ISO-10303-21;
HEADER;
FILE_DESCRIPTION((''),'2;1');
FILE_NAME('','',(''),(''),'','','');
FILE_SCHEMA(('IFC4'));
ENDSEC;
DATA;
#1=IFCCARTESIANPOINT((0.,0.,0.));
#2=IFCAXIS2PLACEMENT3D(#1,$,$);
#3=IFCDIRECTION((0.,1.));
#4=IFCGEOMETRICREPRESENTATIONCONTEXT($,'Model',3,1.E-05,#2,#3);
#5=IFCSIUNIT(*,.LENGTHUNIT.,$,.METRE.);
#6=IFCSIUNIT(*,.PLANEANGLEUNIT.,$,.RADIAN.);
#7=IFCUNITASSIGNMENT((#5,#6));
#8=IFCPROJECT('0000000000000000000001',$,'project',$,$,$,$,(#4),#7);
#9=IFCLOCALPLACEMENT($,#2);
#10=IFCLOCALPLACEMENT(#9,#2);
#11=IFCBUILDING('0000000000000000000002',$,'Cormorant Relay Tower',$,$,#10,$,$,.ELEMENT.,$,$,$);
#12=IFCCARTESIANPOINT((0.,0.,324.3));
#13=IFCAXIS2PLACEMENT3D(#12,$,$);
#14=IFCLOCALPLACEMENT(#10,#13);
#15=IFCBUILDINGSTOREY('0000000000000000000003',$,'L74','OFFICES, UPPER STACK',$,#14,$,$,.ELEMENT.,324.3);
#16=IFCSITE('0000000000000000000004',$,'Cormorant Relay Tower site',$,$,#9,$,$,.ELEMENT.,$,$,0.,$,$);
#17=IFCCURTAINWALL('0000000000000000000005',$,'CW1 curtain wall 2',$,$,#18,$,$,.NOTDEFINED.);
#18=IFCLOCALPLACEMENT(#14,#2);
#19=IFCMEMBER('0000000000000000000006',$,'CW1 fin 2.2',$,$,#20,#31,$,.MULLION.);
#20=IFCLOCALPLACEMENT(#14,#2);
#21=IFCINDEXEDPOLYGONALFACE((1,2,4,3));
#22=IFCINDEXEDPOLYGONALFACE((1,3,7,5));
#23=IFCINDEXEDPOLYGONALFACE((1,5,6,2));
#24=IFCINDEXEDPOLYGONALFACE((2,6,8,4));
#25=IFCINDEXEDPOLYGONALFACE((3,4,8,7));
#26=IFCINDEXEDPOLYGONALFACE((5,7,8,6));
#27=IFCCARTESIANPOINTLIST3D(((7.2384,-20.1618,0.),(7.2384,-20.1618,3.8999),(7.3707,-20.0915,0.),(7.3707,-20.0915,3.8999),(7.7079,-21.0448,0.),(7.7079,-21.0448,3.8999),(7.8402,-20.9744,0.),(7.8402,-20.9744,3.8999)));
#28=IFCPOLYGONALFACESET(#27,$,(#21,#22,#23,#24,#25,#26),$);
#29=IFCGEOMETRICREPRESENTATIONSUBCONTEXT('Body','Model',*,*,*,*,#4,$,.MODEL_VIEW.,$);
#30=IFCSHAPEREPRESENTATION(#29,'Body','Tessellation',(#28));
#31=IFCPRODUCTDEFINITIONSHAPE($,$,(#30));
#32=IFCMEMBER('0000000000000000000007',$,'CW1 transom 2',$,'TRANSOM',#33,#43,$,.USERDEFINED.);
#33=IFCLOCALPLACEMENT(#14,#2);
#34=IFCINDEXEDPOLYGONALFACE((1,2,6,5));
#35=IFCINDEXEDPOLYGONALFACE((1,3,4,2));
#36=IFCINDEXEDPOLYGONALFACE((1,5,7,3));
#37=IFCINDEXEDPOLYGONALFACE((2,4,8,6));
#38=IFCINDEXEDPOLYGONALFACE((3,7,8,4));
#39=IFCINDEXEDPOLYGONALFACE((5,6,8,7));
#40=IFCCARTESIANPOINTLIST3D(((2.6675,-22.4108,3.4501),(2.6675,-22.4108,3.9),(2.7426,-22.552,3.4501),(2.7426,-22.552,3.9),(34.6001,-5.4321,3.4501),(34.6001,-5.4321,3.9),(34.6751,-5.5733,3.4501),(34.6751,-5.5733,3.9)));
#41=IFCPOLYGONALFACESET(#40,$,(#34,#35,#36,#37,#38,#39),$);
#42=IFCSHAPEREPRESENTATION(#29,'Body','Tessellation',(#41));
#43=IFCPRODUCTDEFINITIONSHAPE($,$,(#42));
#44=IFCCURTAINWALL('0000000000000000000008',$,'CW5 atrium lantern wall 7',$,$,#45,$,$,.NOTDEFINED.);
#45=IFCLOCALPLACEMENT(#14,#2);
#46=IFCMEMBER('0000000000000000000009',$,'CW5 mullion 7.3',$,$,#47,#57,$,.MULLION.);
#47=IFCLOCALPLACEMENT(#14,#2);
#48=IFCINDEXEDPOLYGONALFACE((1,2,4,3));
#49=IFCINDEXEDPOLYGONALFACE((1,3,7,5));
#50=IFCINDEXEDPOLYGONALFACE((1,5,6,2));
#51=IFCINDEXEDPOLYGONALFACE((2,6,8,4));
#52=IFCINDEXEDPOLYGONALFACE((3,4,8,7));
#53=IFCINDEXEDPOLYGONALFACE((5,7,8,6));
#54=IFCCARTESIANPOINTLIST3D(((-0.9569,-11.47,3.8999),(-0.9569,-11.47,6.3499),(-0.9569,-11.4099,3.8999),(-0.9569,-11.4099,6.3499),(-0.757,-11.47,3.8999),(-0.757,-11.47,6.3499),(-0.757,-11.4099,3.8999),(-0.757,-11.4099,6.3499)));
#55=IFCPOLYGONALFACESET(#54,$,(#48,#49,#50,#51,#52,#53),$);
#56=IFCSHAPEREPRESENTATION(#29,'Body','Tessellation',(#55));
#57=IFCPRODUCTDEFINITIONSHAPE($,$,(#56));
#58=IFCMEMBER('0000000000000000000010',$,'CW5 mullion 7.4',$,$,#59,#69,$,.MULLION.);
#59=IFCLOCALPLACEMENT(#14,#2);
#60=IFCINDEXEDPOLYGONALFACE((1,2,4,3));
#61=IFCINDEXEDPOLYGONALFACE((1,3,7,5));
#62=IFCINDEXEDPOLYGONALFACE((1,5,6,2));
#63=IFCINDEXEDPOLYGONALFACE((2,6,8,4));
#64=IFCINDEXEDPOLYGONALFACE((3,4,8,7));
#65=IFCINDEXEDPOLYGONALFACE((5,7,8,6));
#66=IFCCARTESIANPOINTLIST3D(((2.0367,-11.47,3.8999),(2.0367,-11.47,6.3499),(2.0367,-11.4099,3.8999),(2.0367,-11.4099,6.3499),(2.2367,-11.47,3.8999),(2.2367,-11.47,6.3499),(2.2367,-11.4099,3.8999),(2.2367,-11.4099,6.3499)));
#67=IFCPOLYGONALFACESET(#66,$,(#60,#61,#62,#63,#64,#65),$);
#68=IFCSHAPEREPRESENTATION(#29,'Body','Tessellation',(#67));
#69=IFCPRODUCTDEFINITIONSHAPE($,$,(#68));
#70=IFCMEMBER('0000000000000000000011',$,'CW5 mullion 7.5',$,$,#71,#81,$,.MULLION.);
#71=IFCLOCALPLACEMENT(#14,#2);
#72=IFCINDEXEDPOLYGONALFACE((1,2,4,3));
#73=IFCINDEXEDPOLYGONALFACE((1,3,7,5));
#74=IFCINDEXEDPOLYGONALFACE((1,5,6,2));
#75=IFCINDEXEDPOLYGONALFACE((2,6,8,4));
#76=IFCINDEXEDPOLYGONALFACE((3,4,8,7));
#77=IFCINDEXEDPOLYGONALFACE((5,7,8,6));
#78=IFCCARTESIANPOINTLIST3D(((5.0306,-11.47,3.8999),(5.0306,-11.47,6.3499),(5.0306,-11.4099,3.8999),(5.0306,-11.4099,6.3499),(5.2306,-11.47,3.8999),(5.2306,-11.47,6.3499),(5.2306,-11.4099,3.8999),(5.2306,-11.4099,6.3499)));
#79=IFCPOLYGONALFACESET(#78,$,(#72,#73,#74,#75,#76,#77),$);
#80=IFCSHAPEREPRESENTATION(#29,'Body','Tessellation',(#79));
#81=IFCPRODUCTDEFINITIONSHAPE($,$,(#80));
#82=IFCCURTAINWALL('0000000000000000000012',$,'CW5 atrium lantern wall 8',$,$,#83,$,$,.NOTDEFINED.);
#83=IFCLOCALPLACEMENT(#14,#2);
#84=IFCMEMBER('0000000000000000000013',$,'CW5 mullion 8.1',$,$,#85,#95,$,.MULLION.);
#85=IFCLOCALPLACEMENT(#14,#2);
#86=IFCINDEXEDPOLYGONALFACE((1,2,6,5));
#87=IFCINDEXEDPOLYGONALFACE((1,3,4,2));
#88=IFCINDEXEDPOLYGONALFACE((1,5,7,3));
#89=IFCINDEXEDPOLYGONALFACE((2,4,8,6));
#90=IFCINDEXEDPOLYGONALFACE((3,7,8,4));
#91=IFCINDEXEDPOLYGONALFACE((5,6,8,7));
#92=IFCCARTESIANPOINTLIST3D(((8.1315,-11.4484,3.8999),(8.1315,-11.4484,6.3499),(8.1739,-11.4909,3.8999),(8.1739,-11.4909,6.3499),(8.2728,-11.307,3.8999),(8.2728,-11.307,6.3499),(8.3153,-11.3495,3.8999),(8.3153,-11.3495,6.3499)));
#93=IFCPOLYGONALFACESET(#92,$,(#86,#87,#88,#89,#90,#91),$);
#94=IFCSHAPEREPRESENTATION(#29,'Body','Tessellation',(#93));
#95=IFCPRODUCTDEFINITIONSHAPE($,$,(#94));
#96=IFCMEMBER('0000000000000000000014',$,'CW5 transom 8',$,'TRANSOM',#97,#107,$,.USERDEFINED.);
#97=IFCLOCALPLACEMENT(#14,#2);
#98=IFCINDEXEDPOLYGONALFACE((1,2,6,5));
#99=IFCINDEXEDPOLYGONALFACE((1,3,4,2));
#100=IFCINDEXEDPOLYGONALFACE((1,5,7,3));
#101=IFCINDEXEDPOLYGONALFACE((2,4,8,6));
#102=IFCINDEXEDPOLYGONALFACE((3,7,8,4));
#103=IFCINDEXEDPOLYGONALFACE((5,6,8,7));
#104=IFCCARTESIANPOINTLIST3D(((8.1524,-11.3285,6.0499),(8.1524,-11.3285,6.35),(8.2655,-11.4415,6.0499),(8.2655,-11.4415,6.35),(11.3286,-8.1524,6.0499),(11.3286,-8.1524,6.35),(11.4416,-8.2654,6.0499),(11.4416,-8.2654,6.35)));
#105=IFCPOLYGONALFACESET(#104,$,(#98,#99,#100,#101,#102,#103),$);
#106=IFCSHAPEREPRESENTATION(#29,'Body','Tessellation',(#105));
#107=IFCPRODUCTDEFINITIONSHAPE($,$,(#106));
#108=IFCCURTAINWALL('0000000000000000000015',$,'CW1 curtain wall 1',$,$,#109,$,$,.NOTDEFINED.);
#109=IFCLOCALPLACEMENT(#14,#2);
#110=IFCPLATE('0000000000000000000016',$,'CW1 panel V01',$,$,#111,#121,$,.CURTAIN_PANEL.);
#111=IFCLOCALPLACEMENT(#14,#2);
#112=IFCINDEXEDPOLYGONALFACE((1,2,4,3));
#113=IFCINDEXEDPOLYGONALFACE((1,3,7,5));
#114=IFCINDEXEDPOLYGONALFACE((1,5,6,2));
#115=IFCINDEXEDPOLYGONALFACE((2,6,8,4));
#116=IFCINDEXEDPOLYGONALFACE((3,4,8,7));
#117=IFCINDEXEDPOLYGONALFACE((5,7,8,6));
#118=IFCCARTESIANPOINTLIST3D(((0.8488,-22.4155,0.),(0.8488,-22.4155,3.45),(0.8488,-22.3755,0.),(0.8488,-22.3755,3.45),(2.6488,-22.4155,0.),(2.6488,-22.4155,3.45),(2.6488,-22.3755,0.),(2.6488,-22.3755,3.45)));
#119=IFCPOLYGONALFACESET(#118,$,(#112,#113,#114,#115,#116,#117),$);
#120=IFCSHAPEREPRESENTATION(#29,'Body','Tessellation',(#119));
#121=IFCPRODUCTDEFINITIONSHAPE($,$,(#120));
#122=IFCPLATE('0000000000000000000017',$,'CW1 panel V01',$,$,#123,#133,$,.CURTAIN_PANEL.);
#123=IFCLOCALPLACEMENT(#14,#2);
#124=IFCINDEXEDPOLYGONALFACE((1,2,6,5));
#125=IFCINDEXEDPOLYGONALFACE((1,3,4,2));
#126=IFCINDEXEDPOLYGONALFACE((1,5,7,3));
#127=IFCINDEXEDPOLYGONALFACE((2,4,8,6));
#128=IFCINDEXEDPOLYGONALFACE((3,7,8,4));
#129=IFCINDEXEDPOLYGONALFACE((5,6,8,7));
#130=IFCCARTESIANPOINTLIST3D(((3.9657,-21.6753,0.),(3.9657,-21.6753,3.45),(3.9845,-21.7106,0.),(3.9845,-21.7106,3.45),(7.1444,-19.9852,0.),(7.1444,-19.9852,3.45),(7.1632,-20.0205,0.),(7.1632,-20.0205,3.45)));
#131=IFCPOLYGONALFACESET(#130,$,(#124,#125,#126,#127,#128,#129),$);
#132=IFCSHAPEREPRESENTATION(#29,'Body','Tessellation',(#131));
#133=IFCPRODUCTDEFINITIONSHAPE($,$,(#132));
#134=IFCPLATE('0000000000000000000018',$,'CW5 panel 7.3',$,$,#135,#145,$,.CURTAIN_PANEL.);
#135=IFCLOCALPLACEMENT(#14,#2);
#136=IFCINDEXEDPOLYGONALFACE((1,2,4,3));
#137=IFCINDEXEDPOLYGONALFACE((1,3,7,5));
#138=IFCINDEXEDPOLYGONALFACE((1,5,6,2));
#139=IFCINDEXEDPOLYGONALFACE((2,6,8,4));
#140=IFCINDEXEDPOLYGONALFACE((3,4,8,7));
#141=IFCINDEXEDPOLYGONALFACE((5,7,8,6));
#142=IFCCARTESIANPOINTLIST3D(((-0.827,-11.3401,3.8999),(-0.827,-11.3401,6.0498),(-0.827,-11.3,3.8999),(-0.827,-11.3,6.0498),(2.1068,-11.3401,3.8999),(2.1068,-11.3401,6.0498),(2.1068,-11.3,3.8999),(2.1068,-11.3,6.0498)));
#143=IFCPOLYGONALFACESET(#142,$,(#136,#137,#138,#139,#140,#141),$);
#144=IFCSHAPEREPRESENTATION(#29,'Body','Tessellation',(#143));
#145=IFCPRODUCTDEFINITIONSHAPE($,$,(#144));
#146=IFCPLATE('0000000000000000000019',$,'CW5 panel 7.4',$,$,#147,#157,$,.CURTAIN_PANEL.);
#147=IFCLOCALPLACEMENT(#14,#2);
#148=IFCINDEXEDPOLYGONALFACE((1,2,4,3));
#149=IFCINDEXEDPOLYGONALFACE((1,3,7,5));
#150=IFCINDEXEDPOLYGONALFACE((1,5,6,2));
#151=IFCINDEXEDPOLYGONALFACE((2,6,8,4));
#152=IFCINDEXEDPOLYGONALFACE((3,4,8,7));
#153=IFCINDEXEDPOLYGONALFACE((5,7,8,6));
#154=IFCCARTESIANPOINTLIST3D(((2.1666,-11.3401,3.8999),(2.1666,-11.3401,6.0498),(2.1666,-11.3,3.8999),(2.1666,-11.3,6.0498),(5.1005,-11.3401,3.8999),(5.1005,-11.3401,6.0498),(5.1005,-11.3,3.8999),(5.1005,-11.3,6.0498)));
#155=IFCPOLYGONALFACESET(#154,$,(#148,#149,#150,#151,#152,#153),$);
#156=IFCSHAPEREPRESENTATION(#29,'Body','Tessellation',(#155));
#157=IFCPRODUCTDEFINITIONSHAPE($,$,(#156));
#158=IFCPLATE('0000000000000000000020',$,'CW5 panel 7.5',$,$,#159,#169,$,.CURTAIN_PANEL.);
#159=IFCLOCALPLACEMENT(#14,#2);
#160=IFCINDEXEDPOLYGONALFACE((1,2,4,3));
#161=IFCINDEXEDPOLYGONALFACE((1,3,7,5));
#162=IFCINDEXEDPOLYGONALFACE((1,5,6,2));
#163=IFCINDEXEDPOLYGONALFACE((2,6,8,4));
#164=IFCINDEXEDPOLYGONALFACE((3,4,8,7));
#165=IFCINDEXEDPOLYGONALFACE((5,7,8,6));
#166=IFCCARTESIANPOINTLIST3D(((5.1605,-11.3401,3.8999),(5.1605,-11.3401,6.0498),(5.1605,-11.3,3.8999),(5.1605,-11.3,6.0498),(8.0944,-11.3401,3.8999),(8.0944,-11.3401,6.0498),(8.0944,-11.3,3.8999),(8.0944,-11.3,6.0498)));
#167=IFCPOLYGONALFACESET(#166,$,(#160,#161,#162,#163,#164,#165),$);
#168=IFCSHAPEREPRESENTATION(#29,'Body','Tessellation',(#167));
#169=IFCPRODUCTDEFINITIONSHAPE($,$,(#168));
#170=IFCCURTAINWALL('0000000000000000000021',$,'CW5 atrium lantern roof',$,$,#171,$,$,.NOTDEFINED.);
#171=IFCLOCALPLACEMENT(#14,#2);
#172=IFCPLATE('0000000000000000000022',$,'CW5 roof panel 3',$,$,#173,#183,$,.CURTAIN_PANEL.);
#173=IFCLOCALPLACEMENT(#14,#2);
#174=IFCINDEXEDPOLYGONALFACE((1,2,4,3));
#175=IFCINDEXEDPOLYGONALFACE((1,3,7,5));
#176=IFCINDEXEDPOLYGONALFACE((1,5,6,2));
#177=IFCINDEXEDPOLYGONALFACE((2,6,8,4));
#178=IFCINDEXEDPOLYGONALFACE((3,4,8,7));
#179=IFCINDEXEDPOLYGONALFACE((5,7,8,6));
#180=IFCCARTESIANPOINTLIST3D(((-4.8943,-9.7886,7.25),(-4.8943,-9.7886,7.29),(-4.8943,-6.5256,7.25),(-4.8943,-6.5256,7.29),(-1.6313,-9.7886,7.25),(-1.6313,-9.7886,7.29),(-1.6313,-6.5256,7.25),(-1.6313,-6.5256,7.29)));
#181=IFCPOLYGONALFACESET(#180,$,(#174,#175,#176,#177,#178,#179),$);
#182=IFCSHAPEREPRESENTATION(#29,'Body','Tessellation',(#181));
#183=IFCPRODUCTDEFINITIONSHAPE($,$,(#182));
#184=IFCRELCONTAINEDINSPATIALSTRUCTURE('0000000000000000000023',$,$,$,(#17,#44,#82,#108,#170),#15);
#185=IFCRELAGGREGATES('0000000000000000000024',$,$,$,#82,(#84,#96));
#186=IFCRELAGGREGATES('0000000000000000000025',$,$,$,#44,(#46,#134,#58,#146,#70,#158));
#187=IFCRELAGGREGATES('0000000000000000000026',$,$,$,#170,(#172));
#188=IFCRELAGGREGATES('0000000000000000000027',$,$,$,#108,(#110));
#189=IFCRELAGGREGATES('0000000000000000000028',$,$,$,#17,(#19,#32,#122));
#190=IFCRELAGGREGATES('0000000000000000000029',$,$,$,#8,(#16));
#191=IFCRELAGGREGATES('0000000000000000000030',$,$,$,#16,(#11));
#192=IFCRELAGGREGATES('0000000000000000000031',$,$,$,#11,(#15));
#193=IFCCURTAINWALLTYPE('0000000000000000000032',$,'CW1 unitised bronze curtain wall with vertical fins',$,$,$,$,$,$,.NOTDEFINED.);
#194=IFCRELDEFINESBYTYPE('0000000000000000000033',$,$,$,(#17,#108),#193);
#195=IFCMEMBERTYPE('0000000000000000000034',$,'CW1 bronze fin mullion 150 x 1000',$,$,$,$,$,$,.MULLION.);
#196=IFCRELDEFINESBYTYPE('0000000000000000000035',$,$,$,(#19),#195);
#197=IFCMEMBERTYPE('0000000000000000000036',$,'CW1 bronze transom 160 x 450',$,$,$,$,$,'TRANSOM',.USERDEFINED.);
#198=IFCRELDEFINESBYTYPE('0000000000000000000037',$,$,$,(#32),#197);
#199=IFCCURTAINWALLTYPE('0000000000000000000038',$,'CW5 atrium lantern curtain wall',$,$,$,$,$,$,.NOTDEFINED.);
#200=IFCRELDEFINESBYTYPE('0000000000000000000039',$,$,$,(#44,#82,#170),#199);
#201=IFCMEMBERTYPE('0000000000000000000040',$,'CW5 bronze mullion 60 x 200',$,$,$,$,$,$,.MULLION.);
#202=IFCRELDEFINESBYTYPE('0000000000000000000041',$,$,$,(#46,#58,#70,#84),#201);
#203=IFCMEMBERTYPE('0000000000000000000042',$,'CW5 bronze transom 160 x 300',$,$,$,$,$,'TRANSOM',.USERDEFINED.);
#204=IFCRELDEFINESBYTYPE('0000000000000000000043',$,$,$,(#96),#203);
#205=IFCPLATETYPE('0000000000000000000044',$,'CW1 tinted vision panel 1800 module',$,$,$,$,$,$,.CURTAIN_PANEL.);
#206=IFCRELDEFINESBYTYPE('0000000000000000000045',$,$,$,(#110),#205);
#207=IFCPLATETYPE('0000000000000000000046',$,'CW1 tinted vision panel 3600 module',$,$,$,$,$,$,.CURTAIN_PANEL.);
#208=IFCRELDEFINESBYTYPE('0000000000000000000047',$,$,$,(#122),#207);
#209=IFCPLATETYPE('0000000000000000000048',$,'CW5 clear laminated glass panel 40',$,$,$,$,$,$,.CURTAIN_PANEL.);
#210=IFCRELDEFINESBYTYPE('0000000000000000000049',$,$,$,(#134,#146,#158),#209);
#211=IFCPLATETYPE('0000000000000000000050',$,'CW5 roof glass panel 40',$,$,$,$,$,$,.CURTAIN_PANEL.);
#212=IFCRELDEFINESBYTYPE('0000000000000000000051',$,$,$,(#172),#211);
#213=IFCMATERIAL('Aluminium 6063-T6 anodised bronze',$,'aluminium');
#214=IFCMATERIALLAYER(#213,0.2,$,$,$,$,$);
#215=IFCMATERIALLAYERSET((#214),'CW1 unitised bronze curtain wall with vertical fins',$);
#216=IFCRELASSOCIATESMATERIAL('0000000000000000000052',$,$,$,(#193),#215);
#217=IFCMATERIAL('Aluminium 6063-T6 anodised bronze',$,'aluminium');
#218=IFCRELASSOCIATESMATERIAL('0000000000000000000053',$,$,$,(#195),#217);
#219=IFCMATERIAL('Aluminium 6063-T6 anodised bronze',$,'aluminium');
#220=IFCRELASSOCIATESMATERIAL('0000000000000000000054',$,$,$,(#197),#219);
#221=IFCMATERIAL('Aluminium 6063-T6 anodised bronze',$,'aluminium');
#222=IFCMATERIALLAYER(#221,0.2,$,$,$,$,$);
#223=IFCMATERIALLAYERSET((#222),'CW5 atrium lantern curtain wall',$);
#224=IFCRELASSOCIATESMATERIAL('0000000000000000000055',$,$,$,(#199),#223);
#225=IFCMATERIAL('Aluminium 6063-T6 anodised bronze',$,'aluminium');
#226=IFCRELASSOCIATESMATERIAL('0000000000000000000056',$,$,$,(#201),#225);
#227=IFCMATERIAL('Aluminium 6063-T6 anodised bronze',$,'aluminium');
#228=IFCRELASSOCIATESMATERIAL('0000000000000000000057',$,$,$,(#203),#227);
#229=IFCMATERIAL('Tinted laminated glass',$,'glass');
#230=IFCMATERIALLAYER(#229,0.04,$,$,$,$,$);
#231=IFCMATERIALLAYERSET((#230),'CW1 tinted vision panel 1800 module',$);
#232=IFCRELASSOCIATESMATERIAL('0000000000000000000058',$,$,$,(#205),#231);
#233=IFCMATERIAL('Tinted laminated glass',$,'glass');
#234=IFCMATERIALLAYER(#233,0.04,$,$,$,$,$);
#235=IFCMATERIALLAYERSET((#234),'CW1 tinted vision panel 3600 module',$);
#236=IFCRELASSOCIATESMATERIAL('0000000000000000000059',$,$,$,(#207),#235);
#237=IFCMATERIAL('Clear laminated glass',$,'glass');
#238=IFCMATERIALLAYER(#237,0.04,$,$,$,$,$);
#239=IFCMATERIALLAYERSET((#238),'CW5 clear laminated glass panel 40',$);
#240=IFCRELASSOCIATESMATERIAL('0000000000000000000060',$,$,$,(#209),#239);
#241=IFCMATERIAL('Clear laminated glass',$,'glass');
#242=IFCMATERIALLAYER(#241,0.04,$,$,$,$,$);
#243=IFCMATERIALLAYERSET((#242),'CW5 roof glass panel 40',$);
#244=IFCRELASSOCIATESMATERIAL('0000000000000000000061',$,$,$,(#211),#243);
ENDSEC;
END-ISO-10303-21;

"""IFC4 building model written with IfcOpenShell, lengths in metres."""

from ifc_helpers import new_model, si_unit, direction, frame, origin, origin_2d, place, context, subcontext, project, spatial, polyline, rectangle, outline, extrude, material, layer, layer_set, material_profile, profile_set, type_object, element, aggregate, save


model = new_model("IFC4")

# Units and contexts
model_context = context("Model", 3, precision=1e-05, world=origin(), true_north=direction((0.0, 1.0)))
body_context = subcontext(model_context, "Body", "Model", "MODEL_VIEW")
ifc_project = project(units=[si_unit("LENGTHUNIT", "METRE"), si_unit("PLANEANGLEUNIT", "RADIAN")], contexts=[model_context])

# Site, building, storey
site_placement = place(None, origin())
site = spatial("IfcSite", under=ifc_project, at=site_placement, Name="Cormorant Relay Tower site", CompositionType="ELEMENT", RefElevation=0.0)
building_placement = place(site_placement, origin())
building = spatial("IfcBuilding", under=site, at=building_placement, Name="Cormorant Relay Tower", CompositionType="ELEMENT")
storey_placement = place(building_placement, frame((0.0, 0.0, 324.3)))
storey = spatial("IfcBuildingStorey", under=building, at=storey_placement, Name="L74", Description="OFFICES, UPPER STACK", CompositionType="ELEMENT", Elevation=324.3)

# Curtain walls, members
ifc_material_1 = material(Name="Aluminium 6063-T6 anodised bronze", Category="aluminium")
ifc_layer_1 = layer(ifc_material_1, 0.2)
ifc_layer_set_1 = layer_set([ifc_layer_1], Name="CW1 unitised bronze curtain wall with vertical fins")
curtain_wall_type_1 = type_object("IfcCurtainWallType", Name="CW1 unitised bronze curtain wall with vertical fins", PredefinedType="NOTDEFINED", material=ifc_layer_set_1)
curtain_wall_1_placement = place(storey_placement, origin())
curtain_wall_1 = element("IfcCurtainWall", 1, at=curtain_wall_1_placement, inside=storey, type_object=curtain_wall_type_1, Name="CW1 curtain wall 2", PredefinedType="NOTDEFINED")
ifc_material_2 = material(Name="Aluminium 6063-T6 anodised bronze", Category="aluminium")
ifc_material_profile_1 = material_profile(ifc_material_2, rectangle(XDim=0.1499, YDim=1.0, at=origin_2d()), Name="AL 150x1000")
ifc_profile_set_1 = profile_set([ifc_material_profile_1], Name="Aluminium 6063-T6 anodised bronze")
member_type_1 = type_object("IfcMemberType", Name="CW1 bronze fin mullion 150 x 1000", PredefinedType="MULLION", material=ifc_profile_set_1)
member_1_placement = place(storey_placement, frame((7.5393, -20.5681, 0.0), z_axis=(0.0, 0.0, 1.0), x_axis=(0.882948, 0.469472, 0.0)))
member_1 = element("IfcMember", 2, at=member_1_placement, type_object=member_type_1, Name="CW1 fin 2.2", PredefinedType="MULLION", context=body_context, shape_type="SweptSolid", body=[
    extrude(rectangle(XDim=0.1499, YDim=1.0, at=origin_2d()), origin(), (0.0, 0.0, 1.0), 3.8999),
])
ifc_material_3 = material(Name="Aluminium 6063-T6 anodised bronze", Category="aluminium")
ifc_material_profile_2 = material_profile(ifc_material_3, rectangle(XDim=0.1599, YDim=0.45, at=origin_2d()), Name="AL 160x450")
ifc_profile_set_2 = profile_set([ifc_material_profile_2], Name="Aluminium 6063-T6 anodised bronze")
member_type_2 = type_object("IfcMemberType", Name="CW1 bronze transom 160 x 450", ElementType="TRANSOM", PredefinedType="USERDEFINED", material=ifc_profile_set_2)
member_2_placement = place(storey_placement, frame((2.7051, -22.4814, 3.675), z_axis=(0.882949, 0.469469, 0.0), x_axis=(-0.469469, 0.882949, 0.0)))
member_2 = element("IfcMember", 3, at=member_2_placement, type_object=member_type_2, Name="CW1 transom 2", ObjectType="TRANSOM", PredefinedType="USERDEFINED", context=body_context, shape_type="SweptSolid", body=[
    extrude(rectangle(XDim=0.1599, YDim=0.45, at=origin_2d()), origin(), (0.0, 0.0, 1.0), 36.1658),
])
ifc_material_4 = material(Name="Aluminium 6063-T6 anodised bronze", Category="aluminium")
ifc_layer_2 = layer(ifc_material_4, 0.2)
ifc_layer_set_2 = layer_set([ifc_layer_2], Name="CW5 atrium lantern curtain wall")
curtain_wall_type_2 = type_object("IfcCurtainWallType", Name="CW5 atrium lantern curtain wall", PredefinedType="NOTDEFINED", material=ifc_layer_set_2)
curtain_wall_2_placement = place(storey_placement, origin())
curtain_wall_2 = element("IfcCurtainWall", 4, at=curtain_wall_2_placement, inside=storey, type_object=curtain_wall_type_2, Name="CW5 atrium lantern wall 7", PredefinedType="NOTDEFINED")
ifc_material_5 = material(Name="Aluminium 6063-T6 anodised bronze", Category="aluminium")
ifc_material_profile_3 = material_profile(ifc_material_5, rectangle(XDim=0.2, YDim=0.0601, at=origin_2d()), Name="AL 60x200")
ifc_profile_set_3 = profile_set([ifc_material_profile_3], Name="Aluminium 6063-T6 anodised bronze")
member_type_3 = type_object("IfcMemberType", Name="CW5 bronze mullion 60 x 200", PredefinedType="MULLION", material=ifc_profile_set_3)
member_3_placement = place(storey_placement, frame((-0.8569, -11.4399, 3.8999), z_axis=(0.0, 0.0, 1.0), x_axis=(1.0, 0.0, 0.0)))
member_3 = element("IfcMember", 5, at=member_3_placement, type_object=member_type_3, Name="CW5 mullion 7.3", PredefinedType="MULLION", context=body_context, shape_type="SweptSolid", body=[
    extrude(rectangle(XDim=0.2, YDim=0.0601, at=origin_2d()), origin(), (0.0, 0.0, 1.0), 2.45),
])
member_4_placement = place(storey_placement, frame((2.1367, -11.4399, 3.8999), z_axis=(0.0, 0.0, 1.0), x_axis=(1.0, 0.0, 0.0)))
member_4 = element("IfcMember", 6, at=member_4_placement, type_object=member_type_3, Name="CW5 mullion 7.4", PredefinedType="MULLION", context=body_context, shape_type="SweptSolid", body=[
    extrude(rectangle(XDim=0.2, YDim=0.0601, at=origin_2d()), origin(), (0.0, 0.0, 1.0), 2.45),
])
member_5_placement = place(storey_placement, frame((5.1306, -11.4399, 3.8999), z_axis=(0.0, 0.0, 1.0), x_axis=(1.0, 0.0, 0.0)))
member_5 = element("IfcMember", 7, at=member_5_placement, type_object=member_type_3, Name="CW5 mullion 7.5", PredefinedType="MULLION", context=body_context, shape_type="SweptSolid", body=[
    extrude(rectangle(XDim=0.2, YDim=0.0601, at=origin_2d()), origin(), (0.0, 0.0, 1.0), 2.45),
])
curtain_wall_3_placement = place(storey_placement, origin())
curtain_wall_3 = element("IfcCurtainWall", 8, at=curtain_wall_3_placement, inside=storey, type_object=curtain_wall_type_2, Name="CW5 atrium lantern wall 8", PredefinedType="NOTDEFINED")
member_6_placement = place(storey_placement, frame((8.2234, -11.3989, 3.8999), z_axis=(0.0, 0.0, 1.0), x_axis=(0.707107, 0.707107, 0.0)))
member_6 = element("IfcMember", 9, at=member_6_placement, type_object=member_type_3, Name="CW5 mullion 8.1", PredefinedType="MULLION", context=body_context, shape_type="SweptSolid", body=[
    extrude(rectangle(XDim=0.2, YDim=0.0601, at=origin_2d()), origin(), (0.0, 0.0, 1.0), 2.45),
])
ifc_material_6 = material(Name="Aluminium 6063-T6 anodised bronze", Category="aluminium")
ifc_material_profile_4 = material_profile(ifc_material_6, rectangle(XDim=0.1599, YDim=0.3, at=origin_2d()), Name="AL 160x300")
ifc_profile_set_4 = profile_set([ifc_material_profile_4], Name="Aluminium 6063-T6 anodised bronze")
member_type_4 = type_object("IfcMemberType", Name="CW5 bronze transom 160 x 300", ElementType="TRANSOM", PredefinedType="USERDEFINED", material=ifc_profile_set_4)
member_7_placement = place(storey_placement, frame((8.209, -11.385, 6.2), z_axis=(0.707107, 0.707107, 0.0), x_axis=(-0.707107, 0.707107, 0.0)))
member_7 = element("IfcMember", 10, at=member_7_placement, type_object=member_type_4, Name="CW5 transom 8", ObjectType="TRANSOM", PredefinedType="USERDEFINED", context=body_context, shape_type="SweptSolid", body=[
    extrude(rectangle(XDim=0.1599, YDim=0.3, at=origin_2d()), origin(), (0.0, 0.0, 1.0), 4.4917),
])
aggregate(curtain_wall_3, [member_6, member_7])

# Curtain wall, plate
curtain_wall_4_placement = place(storey_placement, origin())
curtain_wall_4 = element("IfcCurtainWall", 11, at=curtain_wall_4_placement, inside=storey, type_object=curtain_wall_type_1, Name="CW1 curtain wall 1", PredefinedType="NOTDEFINED")
ifc_material_7 = material(Name="Tinted laminated glass", Category="glass")
ifc_layer_3 = layer(ifc_material_7, 0.04)
ifc_layer_set_3 = layer_set([ifc_layer_3], Name="CW1 tinted vision panel 1800 module")
plate_type_1 = type_object("IfcPlateType", Name="CW1 tinted vision panel 1800 module", PredefinedType="CURTAIN_PANEL", material=ifc_layer_set_3)
plate_1_placement = place(storey_placement, frame((1.7488, -22.3955, 0.0), z_axis=(0.0, 0.0, 1.0), x_axis=(1.0, 0.0, 0.0)))
plate_1 = element("IfcPlate", 12, at=plate_1_placement, type_object=plate_type_1, Name="CW1 panel V01", PredefinedType="CURTAIN_PANEL", context=body_context, shape_type="SweptSolid", body=[
    extrude(rectangle(XDim=1.8, YDim=0.04, at=origin_2d()), origin(), (0.0, 0.0, 1.0), 3.45),
])

# Plates
ifc_material_8 = material(Name="Tinted laminated glass", Category="glass")
ifc_layer_4 = layer(ifc_material_8, 0.04)
ifc_layer_set_4 = layer_set([ifc_layer_4], Name="CW1 tinted vision panel 3600 module")
plate_type_2 = type_object("IfcPlateType", Name="CW1 tinted vision panel 3600 module", PredefinedType="CURTAIN_PANEL", material=ifc_layer_set_4)
plate_2_placement = place(storey_placement, frame((5.5645, -20.8479, 0.0), z_axis=(0.0, 0.0, 1.0), x_axis=(0.882948, 0.469472, 0.0)))
plate_2 = element("IfcPlate", 13, at=plate_2_placement, type_object=plate_type_2, Name="CW1 panel V01", PredefinedType="CURTAIN_PANEL", context=body_context, shape_type="SweptSolid", body=[
    extrude(rectangle(XDim=3.6001, YDim=0.04, at=origin_2d()), origin(), (0.0, 0.0, 1.0), 3.45),
])
ifc_material_9 = material(Name="Clear laminated glass", Category="glass")
ifc_layer_5 = layer(ifc_material_9, 0.04)
ifc_layer_set_5 = layer_set([ifc_layer_5], Name="CW5 clear laminated glass panel 40")
plate_type_3 = type_object("IfcPlateType", Name="CW5 clear laminated glass panel 40", PredefinedType="CURTAIN_PANEL", material=ifc_layer_set_5)
plate_3_placement = place(storey_placement, frame((0.6399, -11.3201, 3.8999), z_axis=(0.0, 0.0, 1.0), x_axis=(1.0, 0.0, 0.0)))
plate_3 = element("IfcPlate", 14, at=plate_3_placement, type_object=plate_type_3, Name="CW5 panel 7.3", PredefinedType="CURTAIN_PANEL", context=body_context, shape_type="SweptSolid", body=[
    extrude(rectangle(XDim=2.9338, YDim=0.04, at=origin_2d()), origin(), (0.0, 0.0, 1.0), 2.1499),
])
plate_4_placement = place(storey_placement, frame((3.6335, -11.3201, 3.8999), z_axis=(0.0, 0.0, 1.0), x_axis=(1.0, 0.0, 0.0)))
plate_4 = element("IfcPlate", 15, at=plate_4_placement, type_object=plate_type_3, Name="CW5 panel 7.4", PredefinedType="CURTAIN_PANEL", context=body_context, shape_type="SweptSolid", body=[
    extrude(rectangle(XDim=2.9338, YDim=0.04, at=origin_2d()), origin(), (0.0, 0.0, 1.0), 2.1499),
])
plate_5_placement = place(storey_placement, frame((6.6274, -11.3201, 3.8999), z_axis=(0.0, 0.0, 1.0), x_axis=(1.0, 0.0, 0.0)))
plate_5 = element("IfcPlate", 16, at=plate_5_placement, type_object=plate_type_3, Name="CW5 panel 7.5", PredefinedType="CURTAIN_PANEL", context=body_context, shape_type="SweptSolid", body=[
    extrude(rectangle(XDim=2.9338, YDim=0.04, at=origin_2d()), origin(), (0.0, 0.0, 1.0), 2.1499),
])
aggregate(curtain_wall_2, [member_3, plate_3, member_4, plate_4, member_5, plate_5])

# Curtain wall, plate
curtain_wall_5_placement = place(storey_placement, origin())
curtain_wall_5 = element("IfcCurtainWall", 17, at=curtain_wall_5_placement, inside=storey, type_object=curtain_wall_type_2, Name="CW5 atrium lantern roof", PredefinedType="NOTDEFINED")
ifc_material_10 = material(Name="Clear laminated glass", Category="glass")
ifc_layer_6 = layer(ifc_material_10, 0.04)
ifc_layer_set_6 = layer_set([ifc_layer_6], Name="CW5 roof glass panel 40")
plate_type_4 = type_object("IfcPlateType", Name="CW5 roof glass panel 40", PredefinedType="CURTAIN_PANEL", material=ifc_layer_set_6)
plate_6_placement = place(storey_placement, frame((-1.6313, -9.7886, 7.29), z_axis=(0.0, 0.0, 1.0), x_axis=(0.0, 1.0, 0.0)))
plate_6 = element("IfcPlate", 18, at=plate_6_placement, type_object=plate_type_4, Name="CW5 roof panel 3", PredefinedType="CURTAIN_PANEL", context=body_context, shape_type="SweptSolid", body=[
    extrude(outline(polyline([(0.0, 0.0), (3.2629, 0.0), (3.2629, 3.2629), (0.0, 3.2629), (0.0, 0.0)])), origin(), (0.0, 0.0, -1.0), 0.04),
])
aggregate(curtain_wall_5, [plate_6])

aggregate(curtain_wall_4, [plate_1])
aggregate(curtain_wall_1, [member_1, member_2, plate_2])

save(model, "model.ifc")
